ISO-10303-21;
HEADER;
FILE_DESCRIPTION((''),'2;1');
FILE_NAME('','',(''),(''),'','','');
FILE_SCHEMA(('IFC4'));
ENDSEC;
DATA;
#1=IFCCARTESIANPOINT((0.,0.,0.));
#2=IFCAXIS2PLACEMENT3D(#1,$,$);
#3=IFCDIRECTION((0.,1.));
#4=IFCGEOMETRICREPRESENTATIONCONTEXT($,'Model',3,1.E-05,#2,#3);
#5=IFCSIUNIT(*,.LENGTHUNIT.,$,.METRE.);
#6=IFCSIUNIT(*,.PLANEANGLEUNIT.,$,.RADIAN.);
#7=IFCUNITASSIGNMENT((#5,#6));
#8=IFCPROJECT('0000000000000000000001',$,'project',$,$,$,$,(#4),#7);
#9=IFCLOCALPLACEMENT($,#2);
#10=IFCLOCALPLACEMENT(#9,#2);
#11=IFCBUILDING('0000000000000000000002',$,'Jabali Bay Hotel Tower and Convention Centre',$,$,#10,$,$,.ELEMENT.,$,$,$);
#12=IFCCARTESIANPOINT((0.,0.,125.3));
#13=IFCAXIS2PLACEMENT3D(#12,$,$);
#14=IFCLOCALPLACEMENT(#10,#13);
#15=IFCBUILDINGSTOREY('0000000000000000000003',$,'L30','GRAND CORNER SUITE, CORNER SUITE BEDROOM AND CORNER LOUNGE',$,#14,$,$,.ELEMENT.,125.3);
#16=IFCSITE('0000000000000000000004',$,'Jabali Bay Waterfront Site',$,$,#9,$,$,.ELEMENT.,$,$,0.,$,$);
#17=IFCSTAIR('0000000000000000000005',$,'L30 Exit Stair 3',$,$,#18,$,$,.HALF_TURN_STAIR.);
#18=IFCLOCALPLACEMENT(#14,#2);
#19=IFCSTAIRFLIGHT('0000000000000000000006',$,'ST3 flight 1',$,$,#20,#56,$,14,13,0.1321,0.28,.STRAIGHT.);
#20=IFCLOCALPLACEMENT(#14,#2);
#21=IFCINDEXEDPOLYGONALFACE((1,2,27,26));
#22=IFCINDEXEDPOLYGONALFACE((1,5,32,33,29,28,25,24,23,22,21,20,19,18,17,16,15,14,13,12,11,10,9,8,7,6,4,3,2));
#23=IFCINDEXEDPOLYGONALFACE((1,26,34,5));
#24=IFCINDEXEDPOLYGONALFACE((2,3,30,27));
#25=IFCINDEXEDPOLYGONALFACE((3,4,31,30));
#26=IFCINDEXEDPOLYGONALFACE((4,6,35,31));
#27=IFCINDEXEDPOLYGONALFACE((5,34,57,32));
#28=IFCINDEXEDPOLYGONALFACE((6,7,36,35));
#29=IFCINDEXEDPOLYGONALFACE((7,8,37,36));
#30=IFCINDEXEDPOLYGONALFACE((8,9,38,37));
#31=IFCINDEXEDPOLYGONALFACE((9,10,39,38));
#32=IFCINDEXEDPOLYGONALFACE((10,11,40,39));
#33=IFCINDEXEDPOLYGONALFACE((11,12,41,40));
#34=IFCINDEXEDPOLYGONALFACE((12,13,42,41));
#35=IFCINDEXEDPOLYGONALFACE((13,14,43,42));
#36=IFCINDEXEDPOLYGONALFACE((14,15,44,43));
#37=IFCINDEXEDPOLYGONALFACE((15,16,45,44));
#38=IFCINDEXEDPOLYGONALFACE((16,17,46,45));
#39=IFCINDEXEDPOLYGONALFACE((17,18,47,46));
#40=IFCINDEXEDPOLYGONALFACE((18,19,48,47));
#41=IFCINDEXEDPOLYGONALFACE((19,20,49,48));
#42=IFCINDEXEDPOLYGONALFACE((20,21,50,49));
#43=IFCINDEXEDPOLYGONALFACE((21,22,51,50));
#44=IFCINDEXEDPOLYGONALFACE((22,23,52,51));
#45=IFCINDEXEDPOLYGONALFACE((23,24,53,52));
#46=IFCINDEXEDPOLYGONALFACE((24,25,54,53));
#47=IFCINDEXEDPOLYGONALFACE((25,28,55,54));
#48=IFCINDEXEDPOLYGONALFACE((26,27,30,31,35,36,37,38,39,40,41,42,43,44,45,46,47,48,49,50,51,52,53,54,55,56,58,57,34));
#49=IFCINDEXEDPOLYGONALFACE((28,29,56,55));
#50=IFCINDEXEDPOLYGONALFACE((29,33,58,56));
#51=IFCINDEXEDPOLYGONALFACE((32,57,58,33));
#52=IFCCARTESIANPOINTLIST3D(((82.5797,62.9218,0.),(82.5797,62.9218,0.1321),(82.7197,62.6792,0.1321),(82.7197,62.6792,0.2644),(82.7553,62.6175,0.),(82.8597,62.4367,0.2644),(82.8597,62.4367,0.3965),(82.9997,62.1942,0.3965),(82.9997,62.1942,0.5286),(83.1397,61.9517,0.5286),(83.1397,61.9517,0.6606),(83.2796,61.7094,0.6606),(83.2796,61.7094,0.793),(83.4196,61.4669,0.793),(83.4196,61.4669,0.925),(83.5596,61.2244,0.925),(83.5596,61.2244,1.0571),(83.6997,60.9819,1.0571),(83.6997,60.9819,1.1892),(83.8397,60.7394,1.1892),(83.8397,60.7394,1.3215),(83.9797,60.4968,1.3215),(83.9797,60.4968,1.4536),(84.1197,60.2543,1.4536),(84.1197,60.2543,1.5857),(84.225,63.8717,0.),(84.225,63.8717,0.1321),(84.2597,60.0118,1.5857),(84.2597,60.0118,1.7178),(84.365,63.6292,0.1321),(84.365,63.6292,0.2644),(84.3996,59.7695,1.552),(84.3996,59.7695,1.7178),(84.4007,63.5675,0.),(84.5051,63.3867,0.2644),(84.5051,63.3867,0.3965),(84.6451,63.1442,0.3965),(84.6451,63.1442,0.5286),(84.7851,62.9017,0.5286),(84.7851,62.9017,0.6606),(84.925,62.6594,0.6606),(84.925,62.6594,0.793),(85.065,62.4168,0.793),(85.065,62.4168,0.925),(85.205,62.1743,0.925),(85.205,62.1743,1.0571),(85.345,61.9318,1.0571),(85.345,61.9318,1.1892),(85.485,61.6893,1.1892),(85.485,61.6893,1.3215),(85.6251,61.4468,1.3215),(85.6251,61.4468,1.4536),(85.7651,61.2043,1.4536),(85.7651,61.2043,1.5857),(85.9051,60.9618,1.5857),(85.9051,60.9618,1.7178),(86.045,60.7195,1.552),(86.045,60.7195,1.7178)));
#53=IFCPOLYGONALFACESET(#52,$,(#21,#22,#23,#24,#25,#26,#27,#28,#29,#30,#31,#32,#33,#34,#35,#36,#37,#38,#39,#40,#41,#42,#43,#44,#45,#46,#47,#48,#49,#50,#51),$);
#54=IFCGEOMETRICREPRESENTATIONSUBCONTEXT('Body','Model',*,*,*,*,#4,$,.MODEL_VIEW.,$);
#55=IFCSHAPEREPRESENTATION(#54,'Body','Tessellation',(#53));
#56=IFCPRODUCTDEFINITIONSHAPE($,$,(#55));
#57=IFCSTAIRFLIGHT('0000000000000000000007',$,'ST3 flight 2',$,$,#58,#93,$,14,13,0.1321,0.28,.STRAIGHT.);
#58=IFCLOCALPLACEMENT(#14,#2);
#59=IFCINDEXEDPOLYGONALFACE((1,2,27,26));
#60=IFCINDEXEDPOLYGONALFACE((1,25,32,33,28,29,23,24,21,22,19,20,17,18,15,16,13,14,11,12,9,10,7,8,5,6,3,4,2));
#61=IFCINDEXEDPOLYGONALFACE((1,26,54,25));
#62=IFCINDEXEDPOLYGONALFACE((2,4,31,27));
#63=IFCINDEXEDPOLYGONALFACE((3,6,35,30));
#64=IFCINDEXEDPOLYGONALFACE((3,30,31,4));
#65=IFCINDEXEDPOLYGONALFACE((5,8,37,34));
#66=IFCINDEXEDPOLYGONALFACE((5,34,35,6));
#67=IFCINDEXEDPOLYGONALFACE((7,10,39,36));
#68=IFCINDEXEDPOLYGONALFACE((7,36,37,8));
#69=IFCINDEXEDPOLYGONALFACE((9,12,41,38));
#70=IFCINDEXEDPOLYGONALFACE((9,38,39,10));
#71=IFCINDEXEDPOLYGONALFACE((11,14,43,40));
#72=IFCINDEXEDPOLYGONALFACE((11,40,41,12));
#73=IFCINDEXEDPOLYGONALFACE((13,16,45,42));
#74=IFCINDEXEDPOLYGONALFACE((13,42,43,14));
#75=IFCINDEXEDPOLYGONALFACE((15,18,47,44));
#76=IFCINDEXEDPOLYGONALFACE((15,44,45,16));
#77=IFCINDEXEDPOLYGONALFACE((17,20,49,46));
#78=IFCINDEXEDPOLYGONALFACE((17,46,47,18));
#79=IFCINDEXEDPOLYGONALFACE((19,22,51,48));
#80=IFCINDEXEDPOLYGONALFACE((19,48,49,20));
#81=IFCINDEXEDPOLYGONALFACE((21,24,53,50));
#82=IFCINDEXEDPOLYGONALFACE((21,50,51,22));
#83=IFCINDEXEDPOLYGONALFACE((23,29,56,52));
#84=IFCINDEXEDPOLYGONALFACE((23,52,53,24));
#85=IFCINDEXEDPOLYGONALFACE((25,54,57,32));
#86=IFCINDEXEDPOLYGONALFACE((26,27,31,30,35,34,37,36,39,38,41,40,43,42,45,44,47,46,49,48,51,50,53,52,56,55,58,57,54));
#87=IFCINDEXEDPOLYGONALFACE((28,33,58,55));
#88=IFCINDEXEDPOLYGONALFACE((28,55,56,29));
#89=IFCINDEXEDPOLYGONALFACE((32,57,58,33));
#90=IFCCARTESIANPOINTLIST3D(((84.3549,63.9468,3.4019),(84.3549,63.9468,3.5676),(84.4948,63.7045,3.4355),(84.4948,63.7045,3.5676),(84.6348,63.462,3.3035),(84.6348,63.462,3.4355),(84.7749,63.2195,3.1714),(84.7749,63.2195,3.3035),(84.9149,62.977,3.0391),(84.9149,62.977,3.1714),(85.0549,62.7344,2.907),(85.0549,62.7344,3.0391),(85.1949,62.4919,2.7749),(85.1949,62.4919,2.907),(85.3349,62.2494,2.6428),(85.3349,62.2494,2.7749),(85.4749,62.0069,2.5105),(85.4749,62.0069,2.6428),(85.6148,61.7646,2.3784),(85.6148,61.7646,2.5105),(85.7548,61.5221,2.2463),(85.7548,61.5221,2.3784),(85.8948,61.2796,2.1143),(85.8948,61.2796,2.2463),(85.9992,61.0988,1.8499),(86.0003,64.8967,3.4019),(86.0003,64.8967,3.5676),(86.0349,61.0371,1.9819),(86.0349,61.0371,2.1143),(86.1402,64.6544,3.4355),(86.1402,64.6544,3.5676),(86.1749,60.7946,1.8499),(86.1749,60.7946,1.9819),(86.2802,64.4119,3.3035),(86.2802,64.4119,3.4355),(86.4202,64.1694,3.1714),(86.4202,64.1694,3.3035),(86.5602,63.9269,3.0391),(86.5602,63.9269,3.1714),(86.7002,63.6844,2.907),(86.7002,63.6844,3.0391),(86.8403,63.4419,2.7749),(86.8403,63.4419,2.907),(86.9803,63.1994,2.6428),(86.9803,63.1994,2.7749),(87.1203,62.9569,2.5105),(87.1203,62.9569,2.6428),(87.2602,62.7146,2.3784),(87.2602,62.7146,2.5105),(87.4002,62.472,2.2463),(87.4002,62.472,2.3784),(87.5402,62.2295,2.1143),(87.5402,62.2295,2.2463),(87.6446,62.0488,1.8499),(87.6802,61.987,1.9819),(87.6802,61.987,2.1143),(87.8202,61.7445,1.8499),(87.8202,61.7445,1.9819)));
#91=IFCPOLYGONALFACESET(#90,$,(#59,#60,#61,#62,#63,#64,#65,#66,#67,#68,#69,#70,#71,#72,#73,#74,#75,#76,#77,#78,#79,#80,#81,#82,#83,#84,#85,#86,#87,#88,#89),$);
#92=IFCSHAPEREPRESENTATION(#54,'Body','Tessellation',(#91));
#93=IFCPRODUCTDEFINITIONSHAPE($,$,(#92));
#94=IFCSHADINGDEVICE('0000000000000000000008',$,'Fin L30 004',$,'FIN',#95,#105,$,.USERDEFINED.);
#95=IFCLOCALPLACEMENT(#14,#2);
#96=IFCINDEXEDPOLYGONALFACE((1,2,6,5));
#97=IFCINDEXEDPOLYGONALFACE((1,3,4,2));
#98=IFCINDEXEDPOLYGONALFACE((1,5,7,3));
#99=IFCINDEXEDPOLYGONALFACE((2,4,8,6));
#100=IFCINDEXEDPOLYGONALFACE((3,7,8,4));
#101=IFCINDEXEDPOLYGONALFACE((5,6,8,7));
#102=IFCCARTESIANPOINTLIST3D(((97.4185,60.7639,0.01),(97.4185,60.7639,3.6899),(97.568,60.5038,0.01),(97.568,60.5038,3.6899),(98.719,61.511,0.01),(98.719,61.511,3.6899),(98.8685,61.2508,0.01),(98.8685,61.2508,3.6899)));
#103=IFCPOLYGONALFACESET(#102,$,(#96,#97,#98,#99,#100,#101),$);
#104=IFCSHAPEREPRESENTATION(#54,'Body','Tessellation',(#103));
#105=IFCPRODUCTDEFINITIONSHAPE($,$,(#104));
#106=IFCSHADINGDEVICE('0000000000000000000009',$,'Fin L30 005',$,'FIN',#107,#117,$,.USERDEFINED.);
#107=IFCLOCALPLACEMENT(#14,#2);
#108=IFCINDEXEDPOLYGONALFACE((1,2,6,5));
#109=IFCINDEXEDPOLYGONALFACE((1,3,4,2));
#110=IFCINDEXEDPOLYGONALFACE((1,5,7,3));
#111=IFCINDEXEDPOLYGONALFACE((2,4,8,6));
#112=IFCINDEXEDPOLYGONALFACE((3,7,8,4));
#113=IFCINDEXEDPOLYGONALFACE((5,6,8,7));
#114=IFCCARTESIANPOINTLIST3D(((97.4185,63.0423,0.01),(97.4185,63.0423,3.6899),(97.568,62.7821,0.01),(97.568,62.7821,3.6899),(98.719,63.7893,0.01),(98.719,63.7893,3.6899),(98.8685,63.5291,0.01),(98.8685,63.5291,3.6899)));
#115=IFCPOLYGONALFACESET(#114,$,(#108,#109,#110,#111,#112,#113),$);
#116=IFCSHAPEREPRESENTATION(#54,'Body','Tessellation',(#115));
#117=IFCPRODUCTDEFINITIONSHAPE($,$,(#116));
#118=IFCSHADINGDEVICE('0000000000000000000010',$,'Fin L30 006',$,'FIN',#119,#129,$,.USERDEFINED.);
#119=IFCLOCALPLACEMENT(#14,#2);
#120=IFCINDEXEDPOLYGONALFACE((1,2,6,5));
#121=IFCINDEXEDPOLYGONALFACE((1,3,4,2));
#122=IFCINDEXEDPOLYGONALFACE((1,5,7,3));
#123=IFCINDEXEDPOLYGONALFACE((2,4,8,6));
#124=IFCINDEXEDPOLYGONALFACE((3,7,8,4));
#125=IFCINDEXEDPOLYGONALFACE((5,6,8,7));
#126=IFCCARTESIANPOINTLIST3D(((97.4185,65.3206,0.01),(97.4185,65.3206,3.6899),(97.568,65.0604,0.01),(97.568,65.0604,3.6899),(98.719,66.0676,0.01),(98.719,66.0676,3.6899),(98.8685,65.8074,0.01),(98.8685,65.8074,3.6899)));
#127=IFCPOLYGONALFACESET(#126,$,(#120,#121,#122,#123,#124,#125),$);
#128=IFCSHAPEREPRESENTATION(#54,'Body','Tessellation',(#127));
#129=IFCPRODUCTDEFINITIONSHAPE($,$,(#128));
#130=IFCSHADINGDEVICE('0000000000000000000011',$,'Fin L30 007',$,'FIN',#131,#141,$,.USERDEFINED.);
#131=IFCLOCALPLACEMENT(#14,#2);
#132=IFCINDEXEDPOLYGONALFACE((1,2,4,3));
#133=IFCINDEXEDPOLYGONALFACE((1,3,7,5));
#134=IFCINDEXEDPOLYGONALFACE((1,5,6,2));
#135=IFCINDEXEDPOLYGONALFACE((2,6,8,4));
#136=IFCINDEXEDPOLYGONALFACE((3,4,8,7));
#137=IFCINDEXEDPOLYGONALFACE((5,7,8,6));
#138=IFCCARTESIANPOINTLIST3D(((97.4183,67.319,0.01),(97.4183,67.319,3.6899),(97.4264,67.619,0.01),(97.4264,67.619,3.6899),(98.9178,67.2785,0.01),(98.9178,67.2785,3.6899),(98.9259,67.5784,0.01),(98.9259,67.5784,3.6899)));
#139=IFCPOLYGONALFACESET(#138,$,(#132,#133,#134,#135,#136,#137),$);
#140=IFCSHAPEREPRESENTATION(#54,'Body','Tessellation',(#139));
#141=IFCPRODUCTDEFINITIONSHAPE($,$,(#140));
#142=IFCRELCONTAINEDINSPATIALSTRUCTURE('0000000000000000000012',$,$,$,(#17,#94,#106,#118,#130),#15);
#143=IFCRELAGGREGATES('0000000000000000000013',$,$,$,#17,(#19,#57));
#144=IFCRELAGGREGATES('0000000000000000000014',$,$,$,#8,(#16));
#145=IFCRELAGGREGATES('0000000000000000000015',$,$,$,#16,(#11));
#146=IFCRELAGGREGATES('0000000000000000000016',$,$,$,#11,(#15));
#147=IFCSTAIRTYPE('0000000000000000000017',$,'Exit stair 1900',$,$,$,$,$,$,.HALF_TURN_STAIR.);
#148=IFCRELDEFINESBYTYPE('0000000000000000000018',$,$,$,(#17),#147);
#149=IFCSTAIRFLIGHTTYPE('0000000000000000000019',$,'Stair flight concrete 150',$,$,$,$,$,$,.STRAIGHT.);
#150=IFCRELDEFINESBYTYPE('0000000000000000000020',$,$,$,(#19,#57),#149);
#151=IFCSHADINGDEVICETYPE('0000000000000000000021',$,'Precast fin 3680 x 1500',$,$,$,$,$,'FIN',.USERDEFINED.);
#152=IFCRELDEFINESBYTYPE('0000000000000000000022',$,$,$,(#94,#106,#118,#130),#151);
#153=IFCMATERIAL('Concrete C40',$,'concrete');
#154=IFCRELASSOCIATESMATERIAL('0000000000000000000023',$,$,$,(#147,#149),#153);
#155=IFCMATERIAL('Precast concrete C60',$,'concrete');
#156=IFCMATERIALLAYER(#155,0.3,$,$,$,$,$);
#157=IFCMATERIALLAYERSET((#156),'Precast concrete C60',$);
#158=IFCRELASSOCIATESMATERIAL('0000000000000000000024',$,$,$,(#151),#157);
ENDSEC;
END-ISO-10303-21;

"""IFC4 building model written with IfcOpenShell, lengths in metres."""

from ifc_helpers import new_model, si_unit, direction, frame, frame_2d, origin, place, context, subcontext, project, spatial, polyline, rectangle, outline, extrude, material, layer, layer_set, type_object, element, aggregate, save


model = new_model("IFC4")

# Units and contexts
model_context = context("Model", 3, precision=1e-05, world=origin(), true_north=direction((0.0, 1.0)))
body_context = subcontext(model_context, "Body", "Model", "MODEL_VIEW")
ifc_project = project(units=[si_unit("LENGTHUNIT", "METRE"), si_unit("PLANEANGLEUNIT", "RADIAN")], contexts=[model_context])

# Site, building, storey
site_placement = place(None, origin())
site = spatial("IfcSite", under=ifc_project, at=site_placement, Name="Jabali Bay Waterfront Site", CompositionType="ELEMENT", RefElevation=0.0)
building_placement = place(site_placement, origin())
building = spatial("IfcBuilding", under=site, at=building_placement, Name="Jabali Bay Hotel Tower and Convention Centre", CompositionType="ELEMENT")
storey_placement = place(building_placement, frame((0.0, 0.0, 125.3)))
storey = spatial("IfcBuildingStorey", under=building, at=storey_placement, Name="L30", Description="GRAND CORNER SUITE, CORNER SUITE BEDROOM AND CORNER LOUNGE", CompositionType="ELEMENT", Elevation=125.3)

# Shared definitions
ifc_material_1 = material(Name="Concrete C40", Category="concrete")

# Stair, stair flights
stair_type = type_object("IfcStairType", Name="Exit stair 1900", PredefinedType="HALF_TURN_STAIR", material=ifc_material_1)
stair_placement = place(storey_placement, origin())
stair = element("IfcStair", 1, at=stair_placement, inside=storey, type_object=stair_type, Name="L30 Exit Stair 3", PredefinedType="HALF_TURN_STAIR")
stair_flight_type = type_object("IfcStairFlightType", Name="Stair flight concrete 150", PredefinedType="STRAIGHT", material=ifc_material_1)
stair_flight_1_placement = place(storey_placement, frame((83.4023, 63.3967, 0.0), z_axis=(0.0, 0.0, 1.0), x_axis=(0.5, -0.866025, 0.0)))
stair_flight_1 = element("IfcStairFlight", 2, at=stair_flight_1_placement, type_object=stair_flight_type, Name="ST3 flight 1", NumberOfRisers=14, NumberOfTreads=13, PredefinedType="STRAIGHT", RiserHeight=0.1321, TreadLength=0.28, context=body_context, shape_type="SweptSolid", body=[
    extrude(outline(polyline([(0.0, 0.0), (0.0, 0.1321), (0.28, 0.1321), (0.28, 0.2644), (0.5601, 0.2644), (0.5601, 0.3965), (0.8401, 0.3965), (0.8401, 0.5286), (1.1201, 0.5286), (1.1201, 0.6606), (1.3999, 0.6606), (1.3999, 0.793), (1.6799, 0.793), (1.6799, 0.925), (1.96, 0.925), (1.96, 1.0571), (2.24, 1.0571), (2.24, 1.1892), (2.52, 1.1892), (2.52, 1.3215), (2.8, 1.3215), (2.8, 1.4536), (3.0801, 1.4536), (3.0801, 1.5857), (3.3601, 1.5857), (3.3601, 1.7178), (3.6399, 1.7178), (3.6399, 1.8501), (3.6399, 1.552), (0.3513, 0.0), (0.0, 0.0)])), frame((0.0, 0.95, 0.0), z_axis=(0.0, -1.0, 0.0), x_axis=(1.0, 0.0, 0.0)), (0.0, 0.0, 1.0), 1.8999),
])
stair_flight_2_placement = place(storey_placement, frame((86.9976, 61.2695, 1.8499), z_axis=(0.0, 0.0, 1.0), x_axis=(-0.5, 0.866025, 0.0)))
stair_flight_2 = element("IfcStairFlight", 3, at=stair_flight_2_placement, type_object=stair_flight_type, Name="ST3 flight 2", NumberOfRisers=14, NumberOfTreads=13, PredefinedType="STRAIGHT", RiserHeight=0.1321, TreadLength=0.28, context=body_context, shape_type="SweptSolid", body=[
    extrude(outline(polyline([(0.0, 0.0), (0.0, 0.1321), (0.28, 0.1321), (0.28, 0.2644), (0.5601, 0.2644), (0.5601, 0.3965), (0.8401, 0.3965), (0.8401, 0.5286), (1.1201, 0.5286), (1.1201, 0.6606), (1.3999, 0.6606), (1.3999, 0.793), (1.6799, 0.793), (1.6799, 0.925), (1.96, 0.925), (1.96, 1.0571), (2.24, 1.0571), (2.24, 1.1892), (2.52, 1.1892), (2.52, 1.3215), (2.8, 1.3215), (2.8, 1.4536), (3.0801, 1.4536), (3.0801, 1.5857), (3.3601, 1.5857), (3.3601, 1.7178), (3.6399, 1.7178), (3.6399, 1.8501), (3.6399, 1.552), (0.3513, 0.0), (0.0, 0.0)])), frame((0.0, 0.95, 0.0), z_axis=(0.0, -1.0, 0.0), x_axis=(1.0, 0.0, 0.0)), (0.0, 0.0, 1.0), 1.8999),
])
aggregate(stair, [stair_flight_1, stair_flight_2])

# Shading devices
ifc_material_2 = material(Name="Precast concrete C60", Category="concrete")
ifc_layer_1 = layer(ifc_material_2, 0.3)
ifc_layer_set_1 = layer_set([ifc_layer_1], Name="Precast concrete C60")
shading_device_type = type_object("IfcShadingDeviceType", Name="Precast fin 3680 x 1500", ElementType="FIN", PredefinedType="USERDEFINED", material=ifc_layer_set_1)
for number, where, z_axis, x_axis, name in (
    (4, (97.4932, 60.6338, 0.01), (0.0, 0.0, 1.0), (0.867119, 0.498101, 0.0), "Fin L30 004"),
    (5, (97.4932, 62.9121, 0.01), (0.0, 0.0, 1.0), (0.867119, 0.498101, 0.0), "Fin L30 005"),
    (6, (97.4932, 65.1904, 0.01), (0.0, 0.0, 1.0), (0.867119, 0.498101, 0.0), "Fin L30 006"),
):
    element("IfcShadingDevice", number, at=place(storey_placement, frame(where, z_axis=z_axis, x_axis=x_axis)), inside=storey, type_object=shading_device_type, Name=name, ObjectType="FIN", PredefinedType="USERDEFINED", context=body_context, shape_type="SweptSolid", body=[
        extrude(rectangle(XDim=1.4998, YDim=0.3, at=frame_2d((0.75, 0.0))), origin(), (0.0, 0.0, 1.0), 3.6799),
    ])
shading_device_placement = place(storey_placement, frame((97.4224, 67.469, 0.01), z_axis=(0.0, 0.0, 1.0), x_axis=(0.999635, -0.027017, 0.0)))
element("IfcShadingDevice", 7, at=shading_device_placement, inside=storey, type_object=shading_device_type, Name="Fin L30 007", ObjectType="FIN", PredefinedType="USERDEFINED", context=body_context, shape_type="SweptSolid", body=[
    extrude(rectangle(XDim=1.5, YDim=0.3, at=frame_2d((0.75, 0.0))), origin(), (0.0, 0.0, 1.0), 3.6799),
])

save(model, "model.ifc")
